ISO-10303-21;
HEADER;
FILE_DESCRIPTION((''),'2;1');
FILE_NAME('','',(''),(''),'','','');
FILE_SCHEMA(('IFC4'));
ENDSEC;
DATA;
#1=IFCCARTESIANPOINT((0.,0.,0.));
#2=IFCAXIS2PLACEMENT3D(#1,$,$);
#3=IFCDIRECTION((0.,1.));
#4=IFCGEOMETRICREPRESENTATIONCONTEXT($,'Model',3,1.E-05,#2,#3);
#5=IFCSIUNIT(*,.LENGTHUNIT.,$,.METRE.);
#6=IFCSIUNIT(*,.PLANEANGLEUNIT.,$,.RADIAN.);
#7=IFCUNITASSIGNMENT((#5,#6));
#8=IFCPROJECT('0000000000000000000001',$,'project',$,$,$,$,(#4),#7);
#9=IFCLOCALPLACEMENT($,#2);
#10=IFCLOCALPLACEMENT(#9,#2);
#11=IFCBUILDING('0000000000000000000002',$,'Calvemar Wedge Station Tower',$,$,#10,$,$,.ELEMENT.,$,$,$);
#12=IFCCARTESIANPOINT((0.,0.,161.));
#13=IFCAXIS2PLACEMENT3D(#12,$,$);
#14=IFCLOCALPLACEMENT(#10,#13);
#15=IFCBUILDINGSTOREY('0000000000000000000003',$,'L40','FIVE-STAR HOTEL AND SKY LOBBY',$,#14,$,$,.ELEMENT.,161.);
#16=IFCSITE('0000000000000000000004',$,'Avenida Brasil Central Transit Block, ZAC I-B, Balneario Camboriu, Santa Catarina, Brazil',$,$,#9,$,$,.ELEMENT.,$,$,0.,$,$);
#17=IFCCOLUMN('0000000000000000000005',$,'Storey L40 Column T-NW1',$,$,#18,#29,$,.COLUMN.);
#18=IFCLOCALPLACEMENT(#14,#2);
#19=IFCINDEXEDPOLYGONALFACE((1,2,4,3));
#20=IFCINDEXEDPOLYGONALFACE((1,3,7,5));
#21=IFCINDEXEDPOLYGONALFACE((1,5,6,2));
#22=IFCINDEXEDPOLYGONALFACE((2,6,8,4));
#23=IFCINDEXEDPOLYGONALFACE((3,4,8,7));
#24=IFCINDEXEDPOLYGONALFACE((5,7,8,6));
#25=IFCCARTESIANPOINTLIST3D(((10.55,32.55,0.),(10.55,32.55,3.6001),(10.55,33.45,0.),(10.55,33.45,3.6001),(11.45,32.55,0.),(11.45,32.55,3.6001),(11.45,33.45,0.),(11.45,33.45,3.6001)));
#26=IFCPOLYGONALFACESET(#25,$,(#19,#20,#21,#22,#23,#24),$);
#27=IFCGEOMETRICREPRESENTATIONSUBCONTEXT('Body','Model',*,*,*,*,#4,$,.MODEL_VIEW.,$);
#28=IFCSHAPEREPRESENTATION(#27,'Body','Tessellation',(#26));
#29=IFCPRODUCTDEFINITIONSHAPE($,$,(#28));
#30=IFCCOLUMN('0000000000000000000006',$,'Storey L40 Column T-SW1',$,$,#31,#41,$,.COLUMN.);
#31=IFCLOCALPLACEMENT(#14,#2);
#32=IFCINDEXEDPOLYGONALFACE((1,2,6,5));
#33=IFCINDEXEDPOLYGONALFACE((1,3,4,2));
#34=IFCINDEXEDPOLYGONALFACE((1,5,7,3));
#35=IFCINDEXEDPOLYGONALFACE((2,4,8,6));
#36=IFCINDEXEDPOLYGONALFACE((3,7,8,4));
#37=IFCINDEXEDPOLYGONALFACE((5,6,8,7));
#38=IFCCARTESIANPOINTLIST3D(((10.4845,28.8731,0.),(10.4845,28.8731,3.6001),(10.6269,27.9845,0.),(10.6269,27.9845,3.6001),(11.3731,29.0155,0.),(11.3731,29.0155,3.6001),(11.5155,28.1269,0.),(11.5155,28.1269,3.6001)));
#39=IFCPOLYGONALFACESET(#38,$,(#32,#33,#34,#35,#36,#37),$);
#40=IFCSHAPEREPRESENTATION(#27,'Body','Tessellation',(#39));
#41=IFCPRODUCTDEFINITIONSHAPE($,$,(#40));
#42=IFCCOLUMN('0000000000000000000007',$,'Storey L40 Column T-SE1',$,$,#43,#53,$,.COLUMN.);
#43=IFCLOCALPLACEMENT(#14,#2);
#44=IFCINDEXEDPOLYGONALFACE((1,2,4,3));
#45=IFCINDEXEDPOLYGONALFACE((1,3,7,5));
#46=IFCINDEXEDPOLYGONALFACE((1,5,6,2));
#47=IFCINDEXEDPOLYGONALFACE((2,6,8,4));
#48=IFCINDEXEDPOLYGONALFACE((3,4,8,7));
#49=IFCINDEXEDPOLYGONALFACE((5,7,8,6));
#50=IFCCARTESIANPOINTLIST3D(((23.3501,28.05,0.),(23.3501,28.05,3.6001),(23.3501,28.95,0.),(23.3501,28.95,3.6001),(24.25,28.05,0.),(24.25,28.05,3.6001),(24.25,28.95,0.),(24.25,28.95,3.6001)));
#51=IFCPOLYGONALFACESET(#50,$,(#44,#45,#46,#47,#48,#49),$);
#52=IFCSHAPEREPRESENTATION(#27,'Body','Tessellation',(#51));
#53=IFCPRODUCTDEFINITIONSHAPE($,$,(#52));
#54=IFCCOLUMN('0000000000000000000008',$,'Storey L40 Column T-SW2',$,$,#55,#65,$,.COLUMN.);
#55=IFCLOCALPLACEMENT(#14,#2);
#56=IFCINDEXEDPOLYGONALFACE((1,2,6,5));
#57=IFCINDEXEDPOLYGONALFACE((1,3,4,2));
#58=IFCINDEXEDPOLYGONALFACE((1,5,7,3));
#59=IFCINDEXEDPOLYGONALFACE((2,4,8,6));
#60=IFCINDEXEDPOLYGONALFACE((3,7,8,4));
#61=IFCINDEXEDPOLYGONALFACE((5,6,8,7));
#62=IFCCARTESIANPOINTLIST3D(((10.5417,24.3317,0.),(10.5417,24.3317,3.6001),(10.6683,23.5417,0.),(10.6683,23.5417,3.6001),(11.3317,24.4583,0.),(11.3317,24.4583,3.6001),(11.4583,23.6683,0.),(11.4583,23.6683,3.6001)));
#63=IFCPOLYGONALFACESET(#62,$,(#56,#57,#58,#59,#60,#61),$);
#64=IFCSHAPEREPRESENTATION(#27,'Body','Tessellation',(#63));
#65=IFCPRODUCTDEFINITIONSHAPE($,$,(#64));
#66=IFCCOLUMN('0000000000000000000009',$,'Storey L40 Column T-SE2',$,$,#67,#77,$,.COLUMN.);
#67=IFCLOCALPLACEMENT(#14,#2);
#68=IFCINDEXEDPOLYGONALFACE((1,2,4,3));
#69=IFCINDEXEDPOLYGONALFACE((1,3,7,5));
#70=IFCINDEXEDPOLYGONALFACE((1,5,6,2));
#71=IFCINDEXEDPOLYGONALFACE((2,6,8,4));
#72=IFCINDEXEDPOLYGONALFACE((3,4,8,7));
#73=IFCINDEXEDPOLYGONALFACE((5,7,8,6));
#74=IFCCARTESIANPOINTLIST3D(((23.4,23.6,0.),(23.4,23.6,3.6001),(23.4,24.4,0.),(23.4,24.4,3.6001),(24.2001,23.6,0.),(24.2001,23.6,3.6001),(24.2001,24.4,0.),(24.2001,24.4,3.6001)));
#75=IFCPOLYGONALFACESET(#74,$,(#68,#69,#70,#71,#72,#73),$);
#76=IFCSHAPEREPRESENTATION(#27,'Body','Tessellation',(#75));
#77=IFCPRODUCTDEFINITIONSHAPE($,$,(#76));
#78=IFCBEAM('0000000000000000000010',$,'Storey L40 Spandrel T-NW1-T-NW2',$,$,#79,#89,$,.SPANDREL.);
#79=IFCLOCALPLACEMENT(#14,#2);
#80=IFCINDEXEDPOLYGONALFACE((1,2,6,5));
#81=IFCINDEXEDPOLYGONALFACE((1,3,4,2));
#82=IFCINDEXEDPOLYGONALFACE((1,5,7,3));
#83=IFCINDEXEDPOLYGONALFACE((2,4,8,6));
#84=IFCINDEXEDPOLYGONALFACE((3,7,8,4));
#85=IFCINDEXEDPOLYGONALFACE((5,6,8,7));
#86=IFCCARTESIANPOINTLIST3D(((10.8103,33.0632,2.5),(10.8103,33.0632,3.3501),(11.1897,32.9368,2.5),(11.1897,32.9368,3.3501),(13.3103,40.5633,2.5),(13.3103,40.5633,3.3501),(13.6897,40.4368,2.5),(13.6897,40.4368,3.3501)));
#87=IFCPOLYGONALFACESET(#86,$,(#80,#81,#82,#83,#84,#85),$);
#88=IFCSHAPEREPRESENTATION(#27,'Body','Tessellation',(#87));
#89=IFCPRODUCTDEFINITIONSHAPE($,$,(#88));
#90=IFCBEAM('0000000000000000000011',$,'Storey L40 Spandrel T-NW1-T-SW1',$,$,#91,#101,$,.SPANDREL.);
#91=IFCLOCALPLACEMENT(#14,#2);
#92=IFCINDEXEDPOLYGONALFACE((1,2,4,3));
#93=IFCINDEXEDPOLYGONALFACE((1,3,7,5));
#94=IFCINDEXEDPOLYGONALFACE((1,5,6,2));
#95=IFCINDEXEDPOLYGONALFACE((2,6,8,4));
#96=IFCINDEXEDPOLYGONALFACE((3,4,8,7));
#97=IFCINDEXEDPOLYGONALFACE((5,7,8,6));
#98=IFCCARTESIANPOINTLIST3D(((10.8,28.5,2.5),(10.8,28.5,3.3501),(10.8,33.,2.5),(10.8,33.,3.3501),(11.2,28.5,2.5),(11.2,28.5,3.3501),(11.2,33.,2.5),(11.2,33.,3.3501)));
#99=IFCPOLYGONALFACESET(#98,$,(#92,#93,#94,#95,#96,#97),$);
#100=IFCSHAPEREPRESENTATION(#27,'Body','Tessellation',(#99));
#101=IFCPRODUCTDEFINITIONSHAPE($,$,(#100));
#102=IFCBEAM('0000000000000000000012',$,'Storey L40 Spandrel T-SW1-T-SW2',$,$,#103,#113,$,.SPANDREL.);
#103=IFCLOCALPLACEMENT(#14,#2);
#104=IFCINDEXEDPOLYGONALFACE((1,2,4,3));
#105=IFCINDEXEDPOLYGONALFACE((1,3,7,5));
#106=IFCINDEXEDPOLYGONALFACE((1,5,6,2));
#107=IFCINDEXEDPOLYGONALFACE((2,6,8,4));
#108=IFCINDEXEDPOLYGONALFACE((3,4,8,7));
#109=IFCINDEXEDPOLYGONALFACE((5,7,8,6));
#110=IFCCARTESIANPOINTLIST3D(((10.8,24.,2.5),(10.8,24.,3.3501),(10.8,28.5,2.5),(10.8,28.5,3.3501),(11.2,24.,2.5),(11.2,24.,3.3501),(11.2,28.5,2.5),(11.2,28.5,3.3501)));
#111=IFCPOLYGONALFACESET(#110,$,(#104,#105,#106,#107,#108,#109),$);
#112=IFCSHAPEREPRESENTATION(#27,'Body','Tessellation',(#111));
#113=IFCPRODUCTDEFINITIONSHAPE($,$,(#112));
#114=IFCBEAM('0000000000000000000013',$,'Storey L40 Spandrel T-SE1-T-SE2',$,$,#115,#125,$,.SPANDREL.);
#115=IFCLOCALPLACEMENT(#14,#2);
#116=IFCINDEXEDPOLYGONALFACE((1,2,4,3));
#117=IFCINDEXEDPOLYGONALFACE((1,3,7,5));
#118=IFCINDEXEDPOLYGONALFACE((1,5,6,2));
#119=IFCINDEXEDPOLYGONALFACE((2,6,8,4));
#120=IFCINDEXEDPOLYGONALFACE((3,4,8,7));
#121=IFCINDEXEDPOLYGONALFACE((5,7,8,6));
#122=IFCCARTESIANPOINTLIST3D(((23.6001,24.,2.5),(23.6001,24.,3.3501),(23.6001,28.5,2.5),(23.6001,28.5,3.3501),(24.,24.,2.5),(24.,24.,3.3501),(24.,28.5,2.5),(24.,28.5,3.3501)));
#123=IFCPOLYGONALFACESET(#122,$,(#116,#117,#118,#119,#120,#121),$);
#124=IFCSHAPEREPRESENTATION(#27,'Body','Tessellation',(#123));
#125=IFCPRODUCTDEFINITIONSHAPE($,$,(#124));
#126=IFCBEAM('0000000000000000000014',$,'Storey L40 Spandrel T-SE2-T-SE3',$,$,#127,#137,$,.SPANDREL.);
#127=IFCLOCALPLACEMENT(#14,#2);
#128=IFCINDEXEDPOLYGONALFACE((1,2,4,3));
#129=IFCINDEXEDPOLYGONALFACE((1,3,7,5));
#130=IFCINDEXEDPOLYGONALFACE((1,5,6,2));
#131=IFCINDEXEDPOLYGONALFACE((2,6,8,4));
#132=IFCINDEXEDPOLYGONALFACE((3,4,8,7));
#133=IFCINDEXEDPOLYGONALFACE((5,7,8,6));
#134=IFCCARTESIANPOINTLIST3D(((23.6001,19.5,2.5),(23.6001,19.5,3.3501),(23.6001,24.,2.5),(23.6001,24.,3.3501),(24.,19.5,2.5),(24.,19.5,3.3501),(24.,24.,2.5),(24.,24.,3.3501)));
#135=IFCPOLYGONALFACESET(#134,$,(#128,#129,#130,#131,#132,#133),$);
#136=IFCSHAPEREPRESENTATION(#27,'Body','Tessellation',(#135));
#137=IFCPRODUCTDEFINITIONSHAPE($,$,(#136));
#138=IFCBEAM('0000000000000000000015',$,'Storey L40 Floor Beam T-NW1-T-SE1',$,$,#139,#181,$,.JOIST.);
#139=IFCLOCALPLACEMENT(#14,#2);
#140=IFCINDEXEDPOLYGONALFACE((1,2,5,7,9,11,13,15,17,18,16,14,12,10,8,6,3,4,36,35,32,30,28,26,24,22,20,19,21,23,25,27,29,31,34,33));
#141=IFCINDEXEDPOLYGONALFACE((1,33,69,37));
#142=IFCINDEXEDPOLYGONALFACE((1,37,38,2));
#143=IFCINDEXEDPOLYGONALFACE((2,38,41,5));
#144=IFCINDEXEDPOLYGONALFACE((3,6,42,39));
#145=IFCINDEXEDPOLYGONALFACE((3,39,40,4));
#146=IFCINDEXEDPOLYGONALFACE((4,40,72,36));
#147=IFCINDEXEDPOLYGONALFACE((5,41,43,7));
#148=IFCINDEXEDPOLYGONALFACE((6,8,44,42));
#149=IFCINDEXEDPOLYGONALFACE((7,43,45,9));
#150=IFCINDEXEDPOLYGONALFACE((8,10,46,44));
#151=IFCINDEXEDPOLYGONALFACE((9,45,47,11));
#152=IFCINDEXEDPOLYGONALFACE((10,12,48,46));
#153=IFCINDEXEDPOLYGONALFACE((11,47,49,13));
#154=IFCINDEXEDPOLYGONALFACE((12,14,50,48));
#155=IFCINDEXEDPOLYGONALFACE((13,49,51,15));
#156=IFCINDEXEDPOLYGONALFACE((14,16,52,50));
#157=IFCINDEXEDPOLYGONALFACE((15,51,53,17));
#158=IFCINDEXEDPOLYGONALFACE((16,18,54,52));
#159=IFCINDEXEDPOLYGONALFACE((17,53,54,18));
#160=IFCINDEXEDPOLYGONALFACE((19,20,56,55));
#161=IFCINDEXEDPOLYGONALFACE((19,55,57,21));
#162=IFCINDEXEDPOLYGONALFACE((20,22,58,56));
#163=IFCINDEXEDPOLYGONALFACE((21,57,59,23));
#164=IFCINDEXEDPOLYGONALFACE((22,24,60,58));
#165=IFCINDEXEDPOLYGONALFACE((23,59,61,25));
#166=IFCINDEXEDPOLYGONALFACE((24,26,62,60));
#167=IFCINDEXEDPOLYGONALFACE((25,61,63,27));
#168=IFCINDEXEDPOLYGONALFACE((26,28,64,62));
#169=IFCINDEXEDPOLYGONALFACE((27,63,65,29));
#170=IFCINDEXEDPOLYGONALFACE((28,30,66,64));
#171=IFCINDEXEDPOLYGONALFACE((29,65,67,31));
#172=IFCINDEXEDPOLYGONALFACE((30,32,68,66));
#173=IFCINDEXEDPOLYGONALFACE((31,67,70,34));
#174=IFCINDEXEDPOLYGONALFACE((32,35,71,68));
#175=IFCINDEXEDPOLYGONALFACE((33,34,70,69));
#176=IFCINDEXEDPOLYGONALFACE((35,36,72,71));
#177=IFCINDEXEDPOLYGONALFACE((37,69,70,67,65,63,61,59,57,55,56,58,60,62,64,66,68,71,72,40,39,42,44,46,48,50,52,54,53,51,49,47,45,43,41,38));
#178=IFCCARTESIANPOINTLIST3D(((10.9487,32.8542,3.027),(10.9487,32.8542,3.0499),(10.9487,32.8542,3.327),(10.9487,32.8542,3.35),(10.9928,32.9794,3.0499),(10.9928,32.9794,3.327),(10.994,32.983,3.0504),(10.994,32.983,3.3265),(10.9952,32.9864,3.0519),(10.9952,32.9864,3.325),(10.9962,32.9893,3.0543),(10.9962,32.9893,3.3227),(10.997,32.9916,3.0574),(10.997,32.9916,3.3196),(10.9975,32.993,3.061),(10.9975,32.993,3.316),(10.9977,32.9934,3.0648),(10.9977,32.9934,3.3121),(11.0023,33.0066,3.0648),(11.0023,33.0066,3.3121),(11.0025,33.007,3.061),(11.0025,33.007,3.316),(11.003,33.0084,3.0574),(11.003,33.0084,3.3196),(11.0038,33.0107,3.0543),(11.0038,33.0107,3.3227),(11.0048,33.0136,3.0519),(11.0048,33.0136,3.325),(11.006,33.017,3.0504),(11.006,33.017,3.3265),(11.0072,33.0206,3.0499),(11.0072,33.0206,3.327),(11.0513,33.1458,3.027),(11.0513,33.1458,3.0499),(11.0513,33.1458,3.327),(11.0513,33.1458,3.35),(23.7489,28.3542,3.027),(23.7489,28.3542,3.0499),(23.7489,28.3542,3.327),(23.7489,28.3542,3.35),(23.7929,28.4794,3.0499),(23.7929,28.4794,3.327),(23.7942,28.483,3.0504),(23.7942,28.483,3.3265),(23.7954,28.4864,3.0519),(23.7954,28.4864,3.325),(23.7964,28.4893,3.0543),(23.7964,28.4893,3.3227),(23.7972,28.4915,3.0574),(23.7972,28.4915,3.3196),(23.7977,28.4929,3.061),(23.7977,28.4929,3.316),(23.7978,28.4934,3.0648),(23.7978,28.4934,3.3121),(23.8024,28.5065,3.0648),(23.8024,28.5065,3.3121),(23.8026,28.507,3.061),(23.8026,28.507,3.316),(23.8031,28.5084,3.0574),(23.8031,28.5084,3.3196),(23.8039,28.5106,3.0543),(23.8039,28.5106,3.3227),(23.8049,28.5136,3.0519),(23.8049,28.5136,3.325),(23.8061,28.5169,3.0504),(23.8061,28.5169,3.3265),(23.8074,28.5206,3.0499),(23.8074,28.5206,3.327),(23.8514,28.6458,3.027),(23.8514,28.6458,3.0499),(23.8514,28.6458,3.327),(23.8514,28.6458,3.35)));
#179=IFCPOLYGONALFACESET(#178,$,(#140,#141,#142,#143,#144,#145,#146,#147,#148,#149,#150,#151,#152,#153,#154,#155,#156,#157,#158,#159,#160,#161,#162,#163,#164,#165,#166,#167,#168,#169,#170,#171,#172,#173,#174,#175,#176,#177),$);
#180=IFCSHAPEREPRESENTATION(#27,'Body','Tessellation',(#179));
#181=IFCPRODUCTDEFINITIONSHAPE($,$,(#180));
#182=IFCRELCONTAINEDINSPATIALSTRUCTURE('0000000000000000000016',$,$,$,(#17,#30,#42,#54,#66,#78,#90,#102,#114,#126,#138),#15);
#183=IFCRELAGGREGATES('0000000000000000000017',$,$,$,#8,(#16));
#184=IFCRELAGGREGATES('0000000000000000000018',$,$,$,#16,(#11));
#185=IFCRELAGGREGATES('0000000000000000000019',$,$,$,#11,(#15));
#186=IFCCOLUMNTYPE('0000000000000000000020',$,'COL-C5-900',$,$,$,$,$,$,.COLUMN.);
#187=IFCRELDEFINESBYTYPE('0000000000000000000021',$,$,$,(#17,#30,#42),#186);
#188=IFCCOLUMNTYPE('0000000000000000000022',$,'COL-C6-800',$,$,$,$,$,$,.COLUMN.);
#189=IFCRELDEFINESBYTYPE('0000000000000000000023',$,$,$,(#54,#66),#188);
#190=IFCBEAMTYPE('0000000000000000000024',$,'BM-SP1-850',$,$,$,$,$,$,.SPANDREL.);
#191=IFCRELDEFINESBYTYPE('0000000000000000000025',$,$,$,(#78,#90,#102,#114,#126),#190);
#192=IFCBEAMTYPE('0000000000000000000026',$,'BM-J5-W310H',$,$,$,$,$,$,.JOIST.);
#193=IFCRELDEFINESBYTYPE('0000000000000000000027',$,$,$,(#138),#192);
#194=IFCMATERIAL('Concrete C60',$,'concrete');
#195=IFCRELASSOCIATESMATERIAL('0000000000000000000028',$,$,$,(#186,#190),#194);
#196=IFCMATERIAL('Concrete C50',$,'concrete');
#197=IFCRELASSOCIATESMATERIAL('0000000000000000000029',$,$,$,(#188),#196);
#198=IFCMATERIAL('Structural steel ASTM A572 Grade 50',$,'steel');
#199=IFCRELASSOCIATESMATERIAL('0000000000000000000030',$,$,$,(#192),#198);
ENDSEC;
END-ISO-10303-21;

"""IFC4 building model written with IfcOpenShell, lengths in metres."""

from ifc_helpers import new_model, si_unit, direction, frame, origin, origin_2d, place, context, subcontext, project, spatial, rectangle, i_section, extrude, source, transform, mapped, material, material_profile, profile_set, type_object, element, save


model = new_model("IFC4")

# Units and contexts
model_context = context("Model", 3, precision=1e-05, world=origin(), true_north=direction((0.0, 1.0)))
body_context = subcontext(model_context, "Body", "Model", "MODEL_VIEW")
ifc_project = project(units=[si_unit("LENGTHUNIT", "METRE"), si_unit("PLANEANGLEUNIT", "RADIAN")], contexts=[model_context])

# Site, building, storey
site_placement = place(None, origin())
site = spatial("IfcSite", under=ifc_project, at=site_placement, Name="Avenida Brasil Central Transit Block, ZAC I-B, Balneario Camboriu, Santa Catarina, Brazil", CompositionType="ELEMENT", RefElevation=0.0)
building_placement = place(site_placement, origin())
building = spatial("IfcBuilding", under=site, at=building_placement, Name="Calvemar Wedge Station Tower", CompositionType="ELEMENT")
storey_placement = place(building_placement, frame((0.0, 0.0, 161.0)))
storey = spatial("IfcBuildingStorey", under=building, at=storey_placement, Name="L40", Description="FIVE-STAR HOTEL AND SKY LOBBY", CompositionType="ELEMENT", Elevation=161.0)

# Columns
ifc_material_1 = material(Name="Concrete C60", Category="concrete")
ifc_material_profile_1 = material_profile(ifc_material_1, rectangle(XDim=0.8999, YDim=0.8999, at=origin_2d()), Name="RC900x900")
ifc_profile_set_1 = profile_set([ifc_material_profile_1], Name="Concrete C60")
column_type_1 = type_object("IfcColumnType", Name="COL-C5-900", PredefinedType="COLUMN", material=ifc_profile_set_1)
shared_shape_1 = source(origin(), body_context, "Body", "SweptSolid", [
    extrude(rectangle(XDim=0.8999, YDim=0.8999, at=origin_2d()), origin(), (0.0, 0.0, 1.0), 3.6001),
])
for number, where, z_axis, x_axis, name in (
    (1, (11.0, 33.0, 0.0), (0.0, 0.0, 1.0), (1.0, 0.0, 0.0), "Storey L40 Column T-NW1"),
    (2, (11.0, 28.5, 0.0), (0.0, 0.0, 1.0), (0.158158, -0.987414, 0.0), "Storey L40 Column T-SW1"),
    (3, (23.8, 28.5, 0.0), (0.0, 0.0, 1.0), (1.0, 0.0, 0.0), "Storey L40 Column T-SE1"),
):
    element("IfcColumn", number, at=place(storey_placement, frame(where, z_axis=z_axis, x_axis=x_axis)), inside=storey, type_object=column_type_1, Name=name, PredefinedType="COLUMN", context=body_context, shape_type="MappedRepresentation", body=[
        mapped(shared_shape_1, transform((0.0, 0.0, 0.0), scale=1.0)),
    ])
ifc_material_2 = material(Name="Concrete C50", Category="concrete")
ifc_material_profile_2 = material_profile(ifc_material_2, rectangle(XDim=0.8, YDim=0.8, at=origin_2d()), Name="RC800x800")
ifc_profile_set_2 = profile_set([ifc_material_profile_2], Name="Concrete C50")
column_type_2 = type_object("IfcColumnType", Name="COL-C6-800", PredefinedType="COLUMN", material=ifc_profile_set_2)
shared_shape_2 = source(origin(), body_context, "Body", "SweptSolid", [
    extrude(rectangle(XDim=0.8, YDim=0.8, at=origin_2d()), origin(), (0.0, 0.0, 1.0), 3.6001),
])
for number, where, z_axis, x_axis, name in (
    (4, (11.0, 24.0, 0.0), (0.0, 0.0, 1.0), (0.158158, -0.987414, 0.0), "Storey L40 Column T-SW2"),
    (5, (23.8, 24.0, 0.0), (0.0, 0.0, 1.0), (1.0, 0.0, 0.0), "Storey L40 Column T-SE2"),
):
    element("IfcColumn", number, at=place(storey_placement, frame(where, z_axis=z_axis, x_axis=x_axis)), inside=storey, type_object=column_type_2, Name=name, PredefinedType="COLUMN", context=body_context, shape_type="MappedRepresentation", body=[
        mapped(shared_shape_2, transform((0.0, 0.0, 0.0), scale=1.0)),
    ])

# Beams
ifc_material_profile_3 = material_profile(ifc_material_1, rectangle(XDim=0.3999, YDim=0.8501, at=origin_2d()), Name="RC400x850")
ifc_profile_set_3 = profile_set([ifc_material_profile_3], Name="Concrete C60")
beam_type_1 = type_object("IfcBeamType", Name="BM-SP1-850", PredefinedType="SPANDREL", material=ifc_profile_set_3)
shared_shape_3 = source(origin(), body_context, "Body", "SweptSolid", [
    extrude(rectangle(XDim=0.3999, YDim=0.8501, at=origin_2d()), origin(), (0.0, 0.0, 1.0), 7.9058),
])
beam_placement = place(storey_placement, frame((11.0, 33.0, 2.925), z_axis=(0.316228, 0.948683, 0.0), x_axis=(-0.948683, 0.316228, 0.0)))
element("IfcBeam", 6, at=beam_placement, inside=storey, type_object=beam_type_1, Name="Storey L40 Spandrel T-NW1-T-NW2", PredefinedType="SPANDREL", context=body_context, shape_type="MappedRepresentation", body=[
    mapped(shared_shape_3, transform((0.0, 0.0, 0.0), scale=1.0)),
])
shared_shape_4 = source(origin(), body_context, "Body", "SweptSolid", [
    extrude(rectangle(XDim=0.3999, YDim=0.8501, at=origin_2d()), origin(), (0.0, 0.0, 1.0), 4.5),
])
for number, where, z_axis, x_axis, name in (
    (7, (11.0, 33.0, 2.925), (0.0, -1.0, 0.0), (1.0, 0.0, 0.0), "Storey L40 Spandrel T-NW1-T-SW1"),
    (8, (11.0, 28.5, 2.925), (0.0, -1.0, 0.0), (1.0, 0.0, 0.0), "Storey L40 Spandrel T-SW1-T-SW2"),
    (9, (23.8, 28.5, 2.925), (0.0, -1.0, 0.0), (1.0, 0.0, 0.0), "Storey L40 Spandrel T-SE1-T-SE2"),
    (10, (23.8, 24.0, 2.925), (0.0, -1.0, 0.0), (1.0, 0.0, 0.0), "Storey L40 Spandrel T-SE2-T-SE3"),
):
    element("IfcBeam", number, at=place(storey_placement, frame(where, z_axis=z_axis, x_axis=x_axis)), inside=storey, type_object=beam_type_1, Name=name, PredefinedType="SPANDREL", context=body_context, shape_type="MappedRepresentation", body=[
        mapped(shared_shape_4, transform((0.0, 0.0, 0.0), scale=1.0)),
    ])
ifc_material_3 = material(Name="Structural steel ASTM A572 Grade 50", Category="steel")
ifc_material_profile_4 = material_profile(ifc_material_3, i_section(OverallWidth=0.3091, OverallDepth=0.323, WebThickness=0.0139, FlangeThickness=0.0229, FilletRadius=0.0149, at=origin_2d()), Name="W310x143")
ifc_profile_set_4 = profile_set([ifc_material_profile_4], Name="Structural steel ASTM A572 Grade 50")
beam_type_2 = type_object("IfcBeamType", Name="BM-J5-W310H", PredefinedType="JOIST", material=ifc_profile_set_4)
shared_shape_5 = source(origin(), body_context, "Body", "SweptSolid", [
    extrude(i_section(OverallWidth=0.3091, OverallDepth=0.323, WebThickness=0.0139, FlangeThickness=0.0229, FilletRadius=0.0149, at=origin_2d()), origin(), (0.0, 0.0, 1.0), 13.5681),
])
for number, where, z_axis, x_axis, name in (
    (11, (11.0, 33.0, 3.1885), (0.943398, -0.331662, 0.0), (0.331662, 0.943398, 0.0), "Storey L40 Floor Beam T-NW1-T-SE1"),
):
    element("IfcBeam", number, at=place(storey_placement, frame(where, z_axis=z_axis, x_axis=x_axis)), inside=storey, type_object=beam_type_2, Name=name, PredefinedType="JOIST", context=body_context, shape_type="MappedRepresentation", body=[
        mapped(shared_shape_5, transform((0.0, 0.0, 0.0), scale=1.0)),
    ])

save(model, "model.ifc")
